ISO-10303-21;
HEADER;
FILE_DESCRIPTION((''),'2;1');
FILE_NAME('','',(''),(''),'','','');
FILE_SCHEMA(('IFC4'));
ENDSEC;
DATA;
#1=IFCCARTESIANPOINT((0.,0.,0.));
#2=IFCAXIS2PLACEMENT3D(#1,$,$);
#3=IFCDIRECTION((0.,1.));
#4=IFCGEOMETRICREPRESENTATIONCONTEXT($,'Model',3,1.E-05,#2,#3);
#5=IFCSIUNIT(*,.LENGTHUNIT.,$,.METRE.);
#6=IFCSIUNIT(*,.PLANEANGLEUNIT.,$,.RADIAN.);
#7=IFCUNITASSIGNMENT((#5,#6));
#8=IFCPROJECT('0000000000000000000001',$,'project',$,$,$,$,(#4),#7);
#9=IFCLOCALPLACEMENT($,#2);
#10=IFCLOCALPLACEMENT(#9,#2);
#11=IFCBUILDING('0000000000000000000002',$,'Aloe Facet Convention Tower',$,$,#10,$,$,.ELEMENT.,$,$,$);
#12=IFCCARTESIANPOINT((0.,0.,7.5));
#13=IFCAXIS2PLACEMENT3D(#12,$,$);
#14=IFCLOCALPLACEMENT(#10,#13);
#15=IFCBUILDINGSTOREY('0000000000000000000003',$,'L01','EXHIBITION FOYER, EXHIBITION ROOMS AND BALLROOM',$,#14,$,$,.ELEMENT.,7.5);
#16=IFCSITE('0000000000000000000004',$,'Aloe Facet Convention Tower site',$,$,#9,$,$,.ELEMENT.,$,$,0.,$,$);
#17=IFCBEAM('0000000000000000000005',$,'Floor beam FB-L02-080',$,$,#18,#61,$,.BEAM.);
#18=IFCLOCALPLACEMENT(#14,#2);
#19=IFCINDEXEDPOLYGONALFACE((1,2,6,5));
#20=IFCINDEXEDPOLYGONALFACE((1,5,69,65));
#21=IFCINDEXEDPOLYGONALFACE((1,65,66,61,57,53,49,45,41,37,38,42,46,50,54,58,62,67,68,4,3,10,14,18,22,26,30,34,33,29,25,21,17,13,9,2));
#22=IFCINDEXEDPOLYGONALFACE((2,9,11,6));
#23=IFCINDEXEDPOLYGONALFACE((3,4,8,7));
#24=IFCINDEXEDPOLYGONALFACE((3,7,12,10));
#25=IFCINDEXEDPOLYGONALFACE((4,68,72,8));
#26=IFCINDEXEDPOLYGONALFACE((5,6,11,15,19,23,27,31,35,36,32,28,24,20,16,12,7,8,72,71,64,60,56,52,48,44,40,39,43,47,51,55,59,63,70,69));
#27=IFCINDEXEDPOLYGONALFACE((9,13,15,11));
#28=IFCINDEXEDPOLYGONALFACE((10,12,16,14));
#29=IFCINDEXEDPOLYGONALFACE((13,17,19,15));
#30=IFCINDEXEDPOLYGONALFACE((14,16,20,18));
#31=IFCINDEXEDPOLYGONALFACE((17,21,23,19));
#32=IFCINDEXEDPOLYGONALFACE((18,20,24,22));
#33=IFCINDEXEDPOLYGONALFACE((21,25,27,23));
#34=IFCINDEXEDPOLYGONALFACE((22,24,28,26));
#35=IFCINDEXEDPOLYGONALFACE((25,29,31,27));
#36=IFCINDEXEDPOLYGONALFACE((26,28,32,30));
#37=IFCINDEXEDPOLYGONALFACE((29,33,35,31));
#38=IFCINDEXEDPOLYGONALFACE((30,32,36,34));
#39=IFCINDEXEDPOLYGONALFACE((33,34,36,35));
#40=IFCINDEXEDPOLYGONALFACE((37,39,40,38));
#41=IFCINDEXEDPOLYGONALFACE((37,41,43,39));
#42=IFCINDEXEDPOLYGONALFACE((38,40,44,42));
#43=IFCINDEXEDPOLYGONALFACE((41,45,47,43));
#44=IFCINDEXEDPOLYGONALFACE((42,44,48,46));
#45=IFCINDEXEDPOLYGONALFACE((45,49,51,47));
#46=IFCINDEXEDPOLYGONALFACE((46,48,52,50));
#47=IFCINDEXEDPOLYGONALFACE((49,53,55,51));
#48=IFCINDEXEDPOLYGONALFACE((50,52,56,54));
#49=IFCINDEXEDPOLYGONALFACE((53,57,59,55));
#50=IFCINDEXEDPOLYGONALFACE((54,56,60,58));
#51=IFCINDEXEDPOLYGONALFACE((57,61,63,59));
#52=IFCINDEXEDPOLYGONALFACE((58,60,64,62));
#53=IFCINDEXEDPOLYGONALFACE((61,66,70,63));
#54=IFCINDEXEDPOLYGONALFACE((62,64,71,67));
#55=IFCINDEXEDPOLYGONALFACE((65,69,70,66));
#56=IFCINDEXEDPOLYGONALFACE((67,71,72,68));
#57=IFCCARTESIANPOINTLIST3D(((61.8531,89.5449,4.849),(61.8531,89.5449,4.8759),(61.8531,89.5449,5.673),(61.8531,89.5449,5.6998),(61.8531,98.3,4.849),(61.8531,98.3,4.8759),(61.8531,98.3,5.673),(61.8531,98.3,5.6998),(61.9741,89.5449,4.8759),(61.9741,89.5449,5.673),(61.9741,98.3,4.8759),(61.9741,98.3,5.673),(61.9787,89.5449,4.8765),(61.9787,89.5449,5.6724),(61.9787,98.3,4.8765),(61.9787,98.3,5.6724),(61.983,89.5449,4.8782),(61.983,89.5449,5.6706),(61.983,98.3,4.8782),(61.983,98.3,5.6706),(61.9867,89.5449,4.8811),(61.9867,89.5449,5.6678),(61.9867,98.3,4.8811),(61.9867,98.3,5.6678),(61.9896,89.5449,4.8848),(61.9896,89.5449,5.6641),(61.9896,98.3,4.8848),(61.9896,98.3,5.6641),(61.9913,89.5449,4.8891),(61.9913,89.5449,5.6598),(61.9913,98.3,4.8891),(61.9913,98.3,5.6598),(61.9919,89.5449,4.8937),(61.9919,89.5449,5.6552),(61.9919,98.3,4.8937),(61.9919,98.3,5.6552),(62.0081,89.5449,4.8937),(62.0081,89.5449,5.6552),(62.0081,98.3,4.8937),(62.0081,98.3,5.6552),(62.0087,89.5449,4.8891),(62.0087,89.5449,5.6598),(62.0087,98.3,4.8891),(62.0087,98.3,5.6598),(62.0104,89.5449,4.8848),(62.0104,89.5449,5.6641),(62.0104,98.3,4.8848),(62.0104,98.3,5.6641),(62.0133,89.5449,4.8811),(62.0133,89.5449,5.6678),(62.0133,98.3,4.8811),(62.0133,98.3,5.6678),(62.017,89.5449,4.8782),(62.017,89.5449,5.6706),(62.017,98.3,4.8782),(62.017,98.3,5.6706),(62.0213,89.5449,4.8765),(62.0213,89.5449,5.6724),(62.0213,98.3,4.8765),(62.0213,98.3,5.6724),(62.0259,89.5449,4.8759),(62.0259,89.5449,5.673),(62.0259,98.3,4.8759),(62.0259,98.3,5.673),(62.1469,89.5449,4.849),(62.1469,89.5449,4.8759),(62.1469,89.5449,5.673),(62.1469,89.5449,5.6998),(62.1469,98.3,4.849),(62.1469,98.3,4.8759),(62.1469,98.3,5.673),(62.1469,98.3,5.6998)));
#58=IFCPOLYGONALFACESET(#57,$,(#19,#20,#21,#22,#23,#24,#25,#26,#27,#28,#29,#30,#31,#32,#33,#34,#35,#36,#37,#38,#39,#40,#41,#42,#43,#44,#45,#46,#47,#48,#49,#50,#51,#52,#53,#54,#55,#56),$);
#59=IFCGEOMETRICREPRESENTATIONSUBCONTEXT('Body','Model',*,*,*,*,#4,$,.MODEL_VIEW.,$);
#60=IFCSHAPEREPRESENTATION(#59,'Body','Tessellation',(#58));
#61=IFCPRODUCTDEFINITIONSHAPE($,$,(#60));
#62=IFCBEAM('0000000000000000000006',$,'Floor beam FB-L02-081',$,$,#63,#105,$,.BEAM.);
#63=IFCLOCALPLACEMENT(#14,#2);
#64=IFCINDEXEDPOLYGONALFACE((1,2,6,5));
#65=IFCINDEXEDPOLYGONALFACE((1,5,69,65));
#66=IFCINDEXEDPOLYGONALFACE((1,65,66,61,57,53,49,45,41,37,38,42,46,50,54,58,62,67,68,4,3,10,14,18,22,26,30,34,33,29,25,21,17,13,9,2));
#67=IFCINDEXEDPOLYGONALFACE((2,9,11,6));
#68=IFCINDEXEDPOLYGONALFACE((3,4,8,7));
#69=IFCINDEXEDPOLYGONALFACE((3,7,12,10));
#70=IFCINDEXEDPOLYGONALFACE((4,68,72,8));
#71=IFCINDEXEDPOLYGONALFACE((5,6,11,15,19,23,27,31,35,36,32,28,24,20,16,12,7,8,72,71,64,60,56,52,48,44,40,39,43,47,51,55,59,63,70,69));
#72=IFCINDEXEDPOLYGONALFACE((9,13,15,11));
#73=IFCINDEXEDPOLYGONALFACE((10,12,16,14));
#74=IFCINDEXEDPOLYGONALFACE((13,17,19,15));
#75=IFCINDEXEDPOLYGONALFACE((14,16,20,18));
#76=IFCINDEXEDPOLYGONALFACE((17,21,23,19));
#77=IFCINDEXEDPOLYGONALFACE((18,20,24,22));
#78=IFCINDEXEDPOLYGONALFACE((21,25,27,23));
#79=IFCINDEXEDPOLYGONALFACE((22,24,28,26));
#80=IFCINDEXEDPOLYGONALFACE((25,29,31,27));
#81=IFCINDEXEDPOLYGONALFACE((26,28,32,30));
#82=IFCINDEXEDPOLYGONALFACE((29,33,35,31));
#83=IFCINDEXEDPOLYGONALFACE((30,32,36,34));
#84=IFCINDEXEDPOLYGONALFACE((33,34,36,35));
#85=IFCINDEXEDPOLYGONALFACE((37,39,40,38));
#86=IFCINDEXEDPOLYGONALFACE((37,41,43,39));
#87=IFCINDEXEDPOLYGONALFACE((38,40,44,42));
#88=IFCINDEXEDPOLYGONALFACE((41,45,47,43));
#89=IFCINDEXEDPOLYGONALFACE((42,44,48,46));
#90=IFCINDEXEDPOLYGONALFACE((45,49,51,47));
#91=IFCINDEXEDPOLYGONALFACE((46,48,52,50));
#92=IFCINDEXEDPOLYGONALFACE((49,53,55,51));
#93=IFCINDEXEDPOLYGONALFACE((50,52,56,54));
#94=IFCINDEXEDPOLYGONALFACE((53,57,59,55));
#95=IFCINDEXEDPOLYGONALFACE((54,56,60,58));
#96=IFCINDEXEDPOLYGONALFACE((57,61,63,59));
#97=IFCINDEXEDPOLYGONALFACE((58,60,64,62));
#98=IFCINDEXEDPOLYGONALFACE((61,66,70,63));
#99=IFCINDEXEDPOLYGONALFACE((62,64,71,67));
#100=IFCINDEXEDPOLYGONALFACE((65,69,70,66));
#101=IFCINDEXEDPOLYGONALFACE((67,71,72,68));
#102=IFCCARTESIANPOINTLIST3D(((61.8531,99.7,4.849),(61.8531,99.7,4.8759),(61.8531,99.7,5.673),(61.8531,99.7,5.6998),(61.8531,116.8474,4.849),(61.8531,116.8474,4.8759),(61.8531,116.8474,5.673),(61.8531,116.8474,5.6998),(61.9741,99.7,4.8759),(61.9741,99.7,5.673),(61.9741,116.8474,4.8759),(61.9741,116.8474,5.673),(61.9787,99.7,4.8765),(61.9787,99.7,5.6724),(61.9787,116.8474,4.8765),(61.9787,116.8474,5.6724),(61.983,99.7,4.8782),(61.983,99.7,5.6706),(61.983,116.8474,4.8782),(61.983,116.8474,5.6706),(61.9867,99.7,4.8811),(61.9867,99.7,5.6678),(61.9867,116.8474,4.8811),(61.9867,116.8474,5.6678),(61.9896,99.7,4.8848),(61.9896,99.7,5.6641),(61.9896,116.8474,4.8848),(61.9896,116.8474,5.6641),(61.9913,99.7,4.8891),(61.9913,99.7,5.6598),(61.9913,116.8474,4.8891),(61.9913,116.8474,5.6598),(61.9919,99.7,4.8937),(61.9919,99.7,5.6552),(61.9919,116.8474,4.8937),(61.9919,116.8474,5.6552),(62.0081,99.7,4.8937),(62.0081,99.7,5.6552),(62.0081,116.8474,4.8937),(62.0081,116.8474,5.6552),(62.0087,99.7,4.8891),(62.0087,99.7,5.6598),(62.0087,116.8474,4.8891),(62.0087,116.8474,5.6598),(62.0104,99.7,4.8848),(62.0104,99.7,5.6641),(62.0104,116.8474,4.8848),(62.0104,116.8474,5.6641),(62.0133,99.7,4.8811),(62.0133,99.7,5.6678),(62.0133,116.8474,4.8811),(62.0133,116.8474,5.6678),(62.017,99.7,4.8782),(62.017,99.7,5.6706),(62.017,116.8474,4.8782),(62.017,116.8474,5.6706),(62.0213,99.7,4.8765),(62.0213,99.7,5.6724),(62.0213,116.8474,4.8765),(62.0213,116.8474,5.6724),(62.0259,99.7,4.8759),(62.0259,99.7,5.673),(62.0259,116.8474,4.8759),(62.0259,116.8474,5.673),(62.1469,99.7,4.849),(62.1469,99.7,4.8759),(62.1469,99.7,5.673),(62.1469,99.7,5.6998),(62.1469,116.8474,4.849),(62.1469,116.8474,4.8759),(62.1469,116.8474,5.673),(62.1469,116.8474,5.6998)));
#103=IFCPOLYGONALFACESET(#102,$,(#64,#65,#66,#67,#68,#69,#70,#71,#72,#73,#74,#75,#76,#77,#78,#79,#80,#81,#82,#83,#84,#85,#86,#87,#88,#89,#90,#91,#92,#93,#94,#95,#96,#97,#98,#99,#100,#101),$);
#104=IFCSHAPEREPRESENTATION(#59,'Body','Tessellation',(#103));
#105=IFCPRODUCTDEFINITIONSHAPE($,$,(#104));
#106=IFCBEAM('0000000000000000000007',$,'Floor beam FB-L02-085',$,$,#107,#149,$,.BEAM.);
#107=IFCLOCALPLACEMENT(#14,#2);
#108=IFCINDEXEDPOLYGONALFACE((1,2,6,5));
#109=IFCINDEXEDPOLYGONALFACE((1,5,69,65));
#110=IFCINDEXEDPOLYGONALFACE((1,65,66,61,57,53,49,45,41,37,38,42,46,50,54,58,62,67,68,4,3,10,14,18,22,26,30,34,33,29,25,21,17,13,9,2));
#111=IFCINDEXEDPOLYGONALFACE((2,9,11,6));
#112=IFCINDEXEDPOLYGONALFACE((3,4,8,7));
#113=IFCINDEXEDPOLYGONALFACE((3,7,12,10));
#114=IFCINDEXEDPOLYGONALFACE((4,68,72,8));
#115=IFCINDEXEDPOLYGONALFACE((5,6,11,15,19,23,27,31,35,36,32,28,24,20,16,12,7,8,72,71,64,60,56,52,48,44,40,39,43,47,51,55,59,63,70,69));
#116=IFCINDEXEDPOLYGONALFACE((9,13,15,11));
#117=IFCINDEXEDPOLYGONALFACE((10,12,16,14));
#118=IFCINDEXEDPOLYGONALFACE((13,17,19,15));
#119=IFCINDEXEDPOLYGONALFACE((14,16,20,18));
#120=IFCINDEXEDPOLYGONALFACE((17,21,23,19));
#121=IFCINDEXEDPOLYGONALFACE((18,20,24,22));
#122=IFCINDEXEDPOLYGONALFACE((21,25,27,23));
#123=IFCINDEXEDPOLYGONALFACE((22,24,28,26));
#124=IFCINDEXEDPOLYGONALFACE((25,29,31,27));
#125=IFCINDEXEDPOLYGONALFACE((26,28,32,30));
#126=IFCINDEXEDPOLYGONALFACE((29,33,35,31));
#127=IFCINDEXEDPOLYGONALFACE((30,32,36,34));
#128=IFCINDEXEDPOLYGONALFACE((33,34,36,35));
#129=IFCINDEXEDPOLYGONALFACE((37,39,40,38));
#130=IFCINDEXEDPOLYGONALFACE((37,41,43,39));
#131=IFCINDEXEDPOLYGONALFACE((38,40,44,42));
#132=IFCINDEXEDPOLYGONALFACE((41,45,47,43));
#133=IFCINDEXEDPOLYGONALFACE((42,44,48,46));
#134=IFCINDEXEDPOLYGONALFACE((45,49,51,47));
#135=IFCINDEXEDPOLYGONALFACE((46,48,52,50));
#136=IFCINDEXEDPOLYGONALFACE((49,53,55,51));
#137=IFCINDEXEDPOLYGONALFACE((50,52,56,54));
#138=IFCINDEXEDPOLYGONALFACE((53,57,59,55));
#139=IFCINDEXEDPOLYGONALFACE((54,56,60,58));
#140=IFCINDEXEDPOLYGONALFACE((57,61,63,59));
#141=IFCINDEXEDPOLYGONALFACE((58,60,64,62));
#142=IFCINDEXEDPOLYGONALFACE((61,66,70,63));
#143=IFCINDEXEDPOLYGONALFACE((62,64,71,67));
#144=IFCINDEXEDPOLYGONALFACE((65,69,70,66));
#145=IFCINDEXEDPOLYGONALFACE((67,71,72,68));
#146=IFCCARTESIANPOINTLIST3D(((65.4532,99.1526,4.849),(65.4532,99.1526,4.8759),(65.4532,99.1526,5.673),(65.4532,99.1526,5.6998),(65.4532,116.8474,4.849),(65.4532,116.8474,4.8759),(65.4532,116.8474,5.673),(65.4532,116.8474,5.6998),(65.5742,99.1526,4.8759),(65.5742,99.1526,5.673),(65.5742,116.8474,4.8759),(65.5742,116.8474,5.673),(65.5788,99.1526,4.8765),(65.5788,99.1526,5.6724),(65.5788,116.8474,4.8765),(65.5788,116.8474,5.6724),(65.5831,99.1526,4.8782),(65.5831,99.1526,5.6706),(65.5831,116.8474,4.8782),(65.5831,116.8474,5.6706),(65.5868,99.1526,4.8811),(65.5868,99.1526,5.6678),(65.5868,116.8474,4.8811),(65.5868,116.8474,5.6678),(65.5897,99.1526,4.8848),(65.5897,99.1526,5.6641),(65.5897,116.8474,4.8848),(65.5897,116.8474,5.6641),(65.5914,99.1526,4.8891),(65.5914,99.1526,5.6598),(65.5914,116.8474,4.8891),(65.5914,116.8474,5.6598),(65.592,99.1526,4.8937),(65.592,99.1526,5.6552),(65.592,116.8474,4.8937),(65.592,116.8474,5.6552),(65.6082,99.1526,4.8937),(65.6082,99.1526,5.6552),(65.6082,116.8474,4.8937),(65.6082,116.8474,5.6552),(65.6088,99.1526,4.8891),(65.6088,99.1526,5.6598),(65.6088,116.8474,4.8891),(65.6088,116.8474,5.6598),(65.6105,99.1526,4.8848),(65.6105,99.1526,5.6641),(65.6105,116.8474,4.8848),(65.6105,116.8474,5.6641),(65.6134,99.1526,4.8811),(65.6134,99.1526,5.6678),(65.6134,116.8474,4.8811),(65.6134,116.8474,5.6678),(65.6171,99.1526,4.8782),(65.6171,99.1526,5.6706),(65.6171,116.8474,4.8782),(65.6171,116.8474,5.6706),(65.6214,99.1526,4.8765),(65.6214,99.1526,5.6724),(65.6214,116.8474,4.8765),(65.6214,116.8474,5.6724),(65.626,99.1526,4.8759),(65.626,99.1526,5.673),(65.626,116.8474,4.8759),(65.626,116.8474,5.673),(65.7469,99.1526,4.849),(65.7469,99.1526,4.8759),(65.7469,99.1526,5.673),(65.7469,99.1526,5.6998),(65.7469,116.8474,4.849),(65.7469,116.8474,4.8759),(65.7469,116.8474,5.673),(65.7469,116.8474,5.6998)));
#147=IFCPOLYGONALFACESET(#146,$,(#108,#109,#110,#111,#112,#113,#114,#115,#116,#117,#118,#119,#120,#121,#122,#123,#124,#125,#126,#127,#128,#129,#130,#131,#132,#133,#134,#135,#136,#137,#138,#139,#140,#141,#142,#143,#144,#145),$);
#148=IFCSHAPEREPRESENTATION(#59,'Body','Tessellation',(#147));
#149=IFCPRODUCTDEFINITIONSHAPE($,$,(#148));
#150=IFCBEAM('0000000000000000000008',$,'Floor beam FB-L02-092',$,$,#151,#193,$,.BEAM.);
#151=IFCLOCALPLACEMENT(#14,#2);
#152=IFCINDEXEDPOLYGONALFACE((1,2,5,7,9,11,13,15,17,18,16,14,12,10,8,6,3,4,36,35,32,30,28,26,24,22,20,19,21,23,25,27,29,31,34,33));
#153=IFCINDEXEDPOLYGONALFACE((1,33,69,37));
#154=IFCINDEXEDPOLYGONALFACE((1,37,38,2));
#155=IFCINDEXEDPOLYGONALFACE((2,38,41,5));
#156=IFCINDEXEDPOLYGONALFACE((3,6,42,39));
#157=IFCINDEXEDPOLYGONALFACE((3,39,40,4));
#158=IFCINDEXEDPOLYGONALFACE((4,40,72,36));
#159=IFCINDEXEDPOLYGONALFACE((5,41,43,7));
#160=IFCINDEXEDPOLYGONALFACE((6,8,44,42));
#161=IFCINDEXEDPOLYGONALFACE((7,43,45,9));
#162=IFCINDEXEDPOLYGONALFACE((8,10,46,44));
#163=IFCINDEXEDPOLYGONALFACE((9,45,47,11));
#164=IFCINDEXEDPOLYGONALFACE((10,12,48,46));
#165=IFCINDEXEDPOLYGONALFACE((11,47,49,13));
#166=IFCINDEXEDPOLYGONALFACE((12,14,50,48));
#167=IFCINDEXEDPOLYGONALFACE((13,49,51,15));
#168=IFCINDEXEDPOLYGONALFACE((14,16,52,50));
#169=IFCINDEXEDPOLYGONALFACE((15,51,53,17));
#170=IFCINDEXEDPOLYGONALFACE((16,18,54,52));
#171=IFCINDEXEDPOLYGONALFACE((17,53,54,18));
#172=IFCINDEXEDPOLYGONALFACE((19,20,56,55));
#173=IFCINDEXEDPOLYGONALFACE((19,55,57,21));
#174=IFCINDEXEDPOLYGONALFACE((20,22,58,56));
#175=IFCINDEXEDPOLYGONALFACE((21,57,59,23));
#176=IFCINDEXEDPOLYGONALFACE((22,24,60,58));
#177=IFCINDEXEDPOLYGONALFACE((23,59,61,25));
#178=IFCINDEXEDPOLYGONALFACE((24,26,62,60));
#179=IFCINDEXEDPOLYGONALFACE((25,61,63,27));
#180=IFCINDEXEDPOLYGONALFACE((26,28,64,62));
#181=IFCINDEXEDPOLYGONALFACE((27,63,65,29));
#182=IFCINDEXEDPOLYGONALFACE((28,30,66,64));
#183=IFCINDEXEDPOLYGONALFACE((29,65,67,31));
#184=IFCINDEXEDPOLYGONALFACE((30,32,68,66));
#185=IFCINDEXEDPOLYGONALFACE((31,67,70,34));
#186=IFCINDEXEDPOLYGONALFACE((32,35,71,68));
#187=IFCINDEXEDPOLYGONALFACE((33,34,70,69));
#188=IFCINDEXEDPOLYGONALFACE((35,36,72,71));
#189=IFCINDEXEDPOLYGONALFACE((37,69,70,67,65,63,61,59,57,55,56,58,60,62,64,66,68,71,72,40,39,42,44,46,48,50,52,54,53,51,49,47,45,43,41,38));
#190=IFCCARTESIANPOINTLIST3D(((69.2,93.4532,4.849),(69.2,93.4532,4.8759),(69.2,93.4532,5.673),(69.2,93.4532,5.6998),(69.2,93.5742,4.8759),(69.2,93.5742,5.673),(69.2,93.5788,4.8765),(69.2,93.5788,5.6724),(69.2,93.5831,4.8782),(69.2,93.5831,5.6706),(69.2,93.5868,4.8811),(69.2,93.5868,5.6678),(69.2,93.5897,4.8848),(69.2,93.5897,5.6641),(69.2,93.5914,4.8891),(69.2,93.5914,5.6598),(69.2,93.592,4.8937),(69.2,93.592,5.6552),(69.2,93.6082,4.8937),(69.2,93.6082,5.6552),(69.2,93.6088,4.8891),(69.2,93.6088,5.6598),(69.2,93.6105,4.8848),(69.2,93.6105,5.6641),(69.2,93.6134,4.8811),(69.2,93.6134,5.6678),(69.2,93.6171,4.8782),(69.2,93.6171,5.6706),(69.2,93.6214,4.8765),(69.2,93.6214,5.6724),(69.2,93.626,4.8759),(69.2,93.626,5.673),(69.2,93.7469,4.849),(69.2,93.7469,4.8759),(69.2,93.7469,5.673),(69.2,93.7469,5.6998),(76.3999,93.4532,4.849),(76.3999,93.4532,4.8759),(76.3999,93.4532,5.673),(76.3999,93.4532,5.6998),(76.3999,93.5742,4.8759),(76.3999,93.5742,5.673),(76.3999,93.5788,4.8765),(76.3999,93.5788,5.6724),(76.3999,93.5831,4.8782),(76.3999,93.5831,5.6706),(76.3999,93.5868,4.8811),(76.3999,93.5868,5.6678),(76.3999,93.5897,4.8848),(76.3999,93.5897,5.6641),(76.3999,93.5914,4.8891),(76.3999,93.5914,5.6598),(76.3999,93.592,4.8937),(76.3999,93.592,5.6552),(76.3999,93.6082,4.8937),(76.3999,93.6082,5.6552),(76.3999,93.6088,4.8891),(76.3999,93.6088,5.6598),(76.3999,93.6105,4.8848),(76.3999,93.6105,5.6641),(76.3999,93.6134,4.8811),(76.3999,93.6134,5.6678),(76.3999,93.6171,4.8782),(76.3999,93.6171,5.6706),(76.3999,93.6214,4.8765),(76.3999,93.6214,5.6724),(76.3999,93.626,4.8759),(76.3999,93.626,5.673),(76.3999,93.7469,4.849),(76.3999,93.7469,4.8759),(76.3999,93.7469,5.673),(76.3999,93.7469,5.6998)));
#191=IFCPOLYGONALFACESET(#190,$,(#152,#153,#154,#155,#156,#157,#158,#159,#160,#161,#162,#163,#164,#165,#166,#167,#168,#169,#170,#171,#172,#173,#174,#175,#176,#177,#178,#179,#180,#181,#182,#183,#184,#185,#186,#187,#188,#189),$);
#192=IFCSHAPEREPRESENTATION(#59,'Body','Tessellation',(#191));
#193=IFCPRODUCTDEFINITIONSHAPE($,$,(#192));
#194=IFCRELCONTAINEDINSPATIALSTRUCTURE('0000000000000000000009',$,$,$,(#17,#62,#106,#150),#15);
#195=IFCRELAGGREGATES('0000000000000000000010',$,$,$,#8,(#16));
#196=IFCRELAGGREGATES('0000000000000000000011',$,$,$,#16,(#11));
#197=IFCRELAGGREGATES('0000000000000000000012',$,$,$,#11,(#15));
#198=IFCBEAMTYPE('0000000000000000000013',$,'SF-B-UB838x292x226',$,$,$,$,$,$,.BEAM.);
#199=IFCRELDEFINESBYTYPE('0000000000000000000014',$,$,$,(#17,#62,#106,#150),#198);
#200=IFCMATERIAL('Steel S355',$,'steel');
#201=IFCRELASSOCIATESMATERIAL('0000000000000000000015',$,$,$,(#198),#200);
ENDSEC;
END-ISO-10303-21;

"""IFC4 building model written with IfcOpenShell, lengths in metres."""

from ifc_helpers import new_model, si_unit, direction, frame, origin, origin_2d, place, context, subcontext, project, spatial, i_section, extrude, material, material_profile, profile_set, type_object, element, save


model = new_model("IFC4")

# Units and contexts
model_context = context("Model", 3, precision=1e-05, world=origin(), true_north=direction((0.0, 1.0)))
body_context = subcontext(model_context, "Body", "Model", "MODEL_VIEW")
ifc_project = project(units=[si_unit("LENGTHUNIT", "METRE"), si_unit("PLANEANGLEUNIT", "RADIAN")], contexts=[model_context])

# Site, building, storey
site_placement = place(None, origin())
site = spatial("IfcSite", under=ifc_project, at=site_placement, Name="Aloe Facet Convention Tower site", CompositionType="ELEMENT", RefElevation=0.0)
building_placement = place(site_placement, origin())
building = spatial("IfcBuilding", under=site, at=building_placement, Name="Aloe Facet Convention Tower", CompositionType="ELEMENT")
storey_placement = place(building_placement, frame((0.0, 0.0, 7.5)))
storey = spatial("IfcBuildingStorey", under=building, at=storey_placement, Name="L01", Description="EXHIBITION FOYER, EXHIBITION ROOMS AND BALLROOM", CompositionType="ELEMENT", Elevation=7.5)

# Beams
ifc_material_1 = material(Name="Steel S355", Category="steel")
ifc_material_profile_1 = material_profile(ifc_material_1, i_section(OverallWidth=0.2937, OverallDepth=0.8508, WebThickness=0.0161, FlangeThickness=0.0269, FilletRadius=0.0178, at=origin_2d()), Name="UB 838x292x226")
ifc_profile_set_1 = profile_set([ifc_material_profile_1], Name="Steel S355")
beam_type_1 = type_object("IfcBeamType", Name="SF-B-UB838x292x226", PredefinedType="BEAM", material=ifc_profile_set_1)
beam_1_placement = place(storey_placement, frame((62.0, 89.5449, 5.2744), z_axis=(0.0, 1.0, 0.0), x_axis=(-1.0, 0.0, 0.0)))
element("IfcBeam", 1, at=beam_1_placement, inside=storey, type_object=beam_type_1, Name="Floor beam FB-L02-080", PredefinedType="BEAM", context=body_context, shape_type="SweptSolid", body=[
    extrude(i_section(OverallWidth=0.2937, OverallDepth=0.8508, WebThickness=0.0161, FlangeThickness=0.0269, FilletRadius=0.0178, at=origin_2d()), origin(), (0.0, 0.0, 1.0), 8.7551),
])
beam_2_placement = place(storey_placement, frame((62.0, 99.7, 5.2744), z_axis=(0.0, 1.0, 0.0), x_axis=(-1.0, 0.0, 0.0)))
element("IfcBeam", 2, at=beam_2_placement, inside=storey, type_object=beam_type_1, Name="Floor beam FB-L02-081", PredefinedType="BEAM", context=body_context, shape_type="SweptSolid", body=[
    extrude(i_section(OverallWidth=0.2937, OverallDepth=0.8508, WebThickness=0.0161, FlangeThickness=0.0269, FilletRadius=0.0178, at=origin_2d()), origin(), (0.0, 0.0, 1.0), 17.1475),
])
beam_3_placement = place(storey_placement, frame((65.6001, 99.1526, 5.2744), z_axis=(0.0, 1.0, 0.0), x_axis=(-1.0, 0.0, 0.0)))
element("IfcBeam", 3, at=beam_3_placement, inside=storey, type_object=beam_type_1, Name="Floor beam FB-L02-085", PredefinedType="BEAM", context=body_context, shape_type="SweptSolid", body=[
    extrude(i_section(OverallWidth=0.2937, OverallDepth=0.8508, WebThickness=0.0161, FlangeThickness=0.0269, FilletRadius=0.0178, at=origin_2d()), origin(), (0.0, 0.0, 1.0), 17.6948),
])
beam_4_placement = place(storey_placement, frame((69.2, 93.6001, 5.2744), z_axis=(1.0, 0.0, 0.0), x_axis=(0.0, 1.0, 0.0)))
element("IfcBeam", 4, at=beam_4_placement, inside=storey, type_object=beam_type_1, Name="Floor beam FB-L02-092", PredefinedType="BEAM", context=body_context, shape_type="SweptSolid", body=[
    extrude(i_section(OverallWidth=0.2937, OverallDepth=0.8508, WebThickness=0.0161, FlangeThickness=0.0269, FilletRadius=0.0178, at=origin_2d()), origin(), (0.0, 0.0, 1.0), 7.2),
])

save(model, "model.ifc")
